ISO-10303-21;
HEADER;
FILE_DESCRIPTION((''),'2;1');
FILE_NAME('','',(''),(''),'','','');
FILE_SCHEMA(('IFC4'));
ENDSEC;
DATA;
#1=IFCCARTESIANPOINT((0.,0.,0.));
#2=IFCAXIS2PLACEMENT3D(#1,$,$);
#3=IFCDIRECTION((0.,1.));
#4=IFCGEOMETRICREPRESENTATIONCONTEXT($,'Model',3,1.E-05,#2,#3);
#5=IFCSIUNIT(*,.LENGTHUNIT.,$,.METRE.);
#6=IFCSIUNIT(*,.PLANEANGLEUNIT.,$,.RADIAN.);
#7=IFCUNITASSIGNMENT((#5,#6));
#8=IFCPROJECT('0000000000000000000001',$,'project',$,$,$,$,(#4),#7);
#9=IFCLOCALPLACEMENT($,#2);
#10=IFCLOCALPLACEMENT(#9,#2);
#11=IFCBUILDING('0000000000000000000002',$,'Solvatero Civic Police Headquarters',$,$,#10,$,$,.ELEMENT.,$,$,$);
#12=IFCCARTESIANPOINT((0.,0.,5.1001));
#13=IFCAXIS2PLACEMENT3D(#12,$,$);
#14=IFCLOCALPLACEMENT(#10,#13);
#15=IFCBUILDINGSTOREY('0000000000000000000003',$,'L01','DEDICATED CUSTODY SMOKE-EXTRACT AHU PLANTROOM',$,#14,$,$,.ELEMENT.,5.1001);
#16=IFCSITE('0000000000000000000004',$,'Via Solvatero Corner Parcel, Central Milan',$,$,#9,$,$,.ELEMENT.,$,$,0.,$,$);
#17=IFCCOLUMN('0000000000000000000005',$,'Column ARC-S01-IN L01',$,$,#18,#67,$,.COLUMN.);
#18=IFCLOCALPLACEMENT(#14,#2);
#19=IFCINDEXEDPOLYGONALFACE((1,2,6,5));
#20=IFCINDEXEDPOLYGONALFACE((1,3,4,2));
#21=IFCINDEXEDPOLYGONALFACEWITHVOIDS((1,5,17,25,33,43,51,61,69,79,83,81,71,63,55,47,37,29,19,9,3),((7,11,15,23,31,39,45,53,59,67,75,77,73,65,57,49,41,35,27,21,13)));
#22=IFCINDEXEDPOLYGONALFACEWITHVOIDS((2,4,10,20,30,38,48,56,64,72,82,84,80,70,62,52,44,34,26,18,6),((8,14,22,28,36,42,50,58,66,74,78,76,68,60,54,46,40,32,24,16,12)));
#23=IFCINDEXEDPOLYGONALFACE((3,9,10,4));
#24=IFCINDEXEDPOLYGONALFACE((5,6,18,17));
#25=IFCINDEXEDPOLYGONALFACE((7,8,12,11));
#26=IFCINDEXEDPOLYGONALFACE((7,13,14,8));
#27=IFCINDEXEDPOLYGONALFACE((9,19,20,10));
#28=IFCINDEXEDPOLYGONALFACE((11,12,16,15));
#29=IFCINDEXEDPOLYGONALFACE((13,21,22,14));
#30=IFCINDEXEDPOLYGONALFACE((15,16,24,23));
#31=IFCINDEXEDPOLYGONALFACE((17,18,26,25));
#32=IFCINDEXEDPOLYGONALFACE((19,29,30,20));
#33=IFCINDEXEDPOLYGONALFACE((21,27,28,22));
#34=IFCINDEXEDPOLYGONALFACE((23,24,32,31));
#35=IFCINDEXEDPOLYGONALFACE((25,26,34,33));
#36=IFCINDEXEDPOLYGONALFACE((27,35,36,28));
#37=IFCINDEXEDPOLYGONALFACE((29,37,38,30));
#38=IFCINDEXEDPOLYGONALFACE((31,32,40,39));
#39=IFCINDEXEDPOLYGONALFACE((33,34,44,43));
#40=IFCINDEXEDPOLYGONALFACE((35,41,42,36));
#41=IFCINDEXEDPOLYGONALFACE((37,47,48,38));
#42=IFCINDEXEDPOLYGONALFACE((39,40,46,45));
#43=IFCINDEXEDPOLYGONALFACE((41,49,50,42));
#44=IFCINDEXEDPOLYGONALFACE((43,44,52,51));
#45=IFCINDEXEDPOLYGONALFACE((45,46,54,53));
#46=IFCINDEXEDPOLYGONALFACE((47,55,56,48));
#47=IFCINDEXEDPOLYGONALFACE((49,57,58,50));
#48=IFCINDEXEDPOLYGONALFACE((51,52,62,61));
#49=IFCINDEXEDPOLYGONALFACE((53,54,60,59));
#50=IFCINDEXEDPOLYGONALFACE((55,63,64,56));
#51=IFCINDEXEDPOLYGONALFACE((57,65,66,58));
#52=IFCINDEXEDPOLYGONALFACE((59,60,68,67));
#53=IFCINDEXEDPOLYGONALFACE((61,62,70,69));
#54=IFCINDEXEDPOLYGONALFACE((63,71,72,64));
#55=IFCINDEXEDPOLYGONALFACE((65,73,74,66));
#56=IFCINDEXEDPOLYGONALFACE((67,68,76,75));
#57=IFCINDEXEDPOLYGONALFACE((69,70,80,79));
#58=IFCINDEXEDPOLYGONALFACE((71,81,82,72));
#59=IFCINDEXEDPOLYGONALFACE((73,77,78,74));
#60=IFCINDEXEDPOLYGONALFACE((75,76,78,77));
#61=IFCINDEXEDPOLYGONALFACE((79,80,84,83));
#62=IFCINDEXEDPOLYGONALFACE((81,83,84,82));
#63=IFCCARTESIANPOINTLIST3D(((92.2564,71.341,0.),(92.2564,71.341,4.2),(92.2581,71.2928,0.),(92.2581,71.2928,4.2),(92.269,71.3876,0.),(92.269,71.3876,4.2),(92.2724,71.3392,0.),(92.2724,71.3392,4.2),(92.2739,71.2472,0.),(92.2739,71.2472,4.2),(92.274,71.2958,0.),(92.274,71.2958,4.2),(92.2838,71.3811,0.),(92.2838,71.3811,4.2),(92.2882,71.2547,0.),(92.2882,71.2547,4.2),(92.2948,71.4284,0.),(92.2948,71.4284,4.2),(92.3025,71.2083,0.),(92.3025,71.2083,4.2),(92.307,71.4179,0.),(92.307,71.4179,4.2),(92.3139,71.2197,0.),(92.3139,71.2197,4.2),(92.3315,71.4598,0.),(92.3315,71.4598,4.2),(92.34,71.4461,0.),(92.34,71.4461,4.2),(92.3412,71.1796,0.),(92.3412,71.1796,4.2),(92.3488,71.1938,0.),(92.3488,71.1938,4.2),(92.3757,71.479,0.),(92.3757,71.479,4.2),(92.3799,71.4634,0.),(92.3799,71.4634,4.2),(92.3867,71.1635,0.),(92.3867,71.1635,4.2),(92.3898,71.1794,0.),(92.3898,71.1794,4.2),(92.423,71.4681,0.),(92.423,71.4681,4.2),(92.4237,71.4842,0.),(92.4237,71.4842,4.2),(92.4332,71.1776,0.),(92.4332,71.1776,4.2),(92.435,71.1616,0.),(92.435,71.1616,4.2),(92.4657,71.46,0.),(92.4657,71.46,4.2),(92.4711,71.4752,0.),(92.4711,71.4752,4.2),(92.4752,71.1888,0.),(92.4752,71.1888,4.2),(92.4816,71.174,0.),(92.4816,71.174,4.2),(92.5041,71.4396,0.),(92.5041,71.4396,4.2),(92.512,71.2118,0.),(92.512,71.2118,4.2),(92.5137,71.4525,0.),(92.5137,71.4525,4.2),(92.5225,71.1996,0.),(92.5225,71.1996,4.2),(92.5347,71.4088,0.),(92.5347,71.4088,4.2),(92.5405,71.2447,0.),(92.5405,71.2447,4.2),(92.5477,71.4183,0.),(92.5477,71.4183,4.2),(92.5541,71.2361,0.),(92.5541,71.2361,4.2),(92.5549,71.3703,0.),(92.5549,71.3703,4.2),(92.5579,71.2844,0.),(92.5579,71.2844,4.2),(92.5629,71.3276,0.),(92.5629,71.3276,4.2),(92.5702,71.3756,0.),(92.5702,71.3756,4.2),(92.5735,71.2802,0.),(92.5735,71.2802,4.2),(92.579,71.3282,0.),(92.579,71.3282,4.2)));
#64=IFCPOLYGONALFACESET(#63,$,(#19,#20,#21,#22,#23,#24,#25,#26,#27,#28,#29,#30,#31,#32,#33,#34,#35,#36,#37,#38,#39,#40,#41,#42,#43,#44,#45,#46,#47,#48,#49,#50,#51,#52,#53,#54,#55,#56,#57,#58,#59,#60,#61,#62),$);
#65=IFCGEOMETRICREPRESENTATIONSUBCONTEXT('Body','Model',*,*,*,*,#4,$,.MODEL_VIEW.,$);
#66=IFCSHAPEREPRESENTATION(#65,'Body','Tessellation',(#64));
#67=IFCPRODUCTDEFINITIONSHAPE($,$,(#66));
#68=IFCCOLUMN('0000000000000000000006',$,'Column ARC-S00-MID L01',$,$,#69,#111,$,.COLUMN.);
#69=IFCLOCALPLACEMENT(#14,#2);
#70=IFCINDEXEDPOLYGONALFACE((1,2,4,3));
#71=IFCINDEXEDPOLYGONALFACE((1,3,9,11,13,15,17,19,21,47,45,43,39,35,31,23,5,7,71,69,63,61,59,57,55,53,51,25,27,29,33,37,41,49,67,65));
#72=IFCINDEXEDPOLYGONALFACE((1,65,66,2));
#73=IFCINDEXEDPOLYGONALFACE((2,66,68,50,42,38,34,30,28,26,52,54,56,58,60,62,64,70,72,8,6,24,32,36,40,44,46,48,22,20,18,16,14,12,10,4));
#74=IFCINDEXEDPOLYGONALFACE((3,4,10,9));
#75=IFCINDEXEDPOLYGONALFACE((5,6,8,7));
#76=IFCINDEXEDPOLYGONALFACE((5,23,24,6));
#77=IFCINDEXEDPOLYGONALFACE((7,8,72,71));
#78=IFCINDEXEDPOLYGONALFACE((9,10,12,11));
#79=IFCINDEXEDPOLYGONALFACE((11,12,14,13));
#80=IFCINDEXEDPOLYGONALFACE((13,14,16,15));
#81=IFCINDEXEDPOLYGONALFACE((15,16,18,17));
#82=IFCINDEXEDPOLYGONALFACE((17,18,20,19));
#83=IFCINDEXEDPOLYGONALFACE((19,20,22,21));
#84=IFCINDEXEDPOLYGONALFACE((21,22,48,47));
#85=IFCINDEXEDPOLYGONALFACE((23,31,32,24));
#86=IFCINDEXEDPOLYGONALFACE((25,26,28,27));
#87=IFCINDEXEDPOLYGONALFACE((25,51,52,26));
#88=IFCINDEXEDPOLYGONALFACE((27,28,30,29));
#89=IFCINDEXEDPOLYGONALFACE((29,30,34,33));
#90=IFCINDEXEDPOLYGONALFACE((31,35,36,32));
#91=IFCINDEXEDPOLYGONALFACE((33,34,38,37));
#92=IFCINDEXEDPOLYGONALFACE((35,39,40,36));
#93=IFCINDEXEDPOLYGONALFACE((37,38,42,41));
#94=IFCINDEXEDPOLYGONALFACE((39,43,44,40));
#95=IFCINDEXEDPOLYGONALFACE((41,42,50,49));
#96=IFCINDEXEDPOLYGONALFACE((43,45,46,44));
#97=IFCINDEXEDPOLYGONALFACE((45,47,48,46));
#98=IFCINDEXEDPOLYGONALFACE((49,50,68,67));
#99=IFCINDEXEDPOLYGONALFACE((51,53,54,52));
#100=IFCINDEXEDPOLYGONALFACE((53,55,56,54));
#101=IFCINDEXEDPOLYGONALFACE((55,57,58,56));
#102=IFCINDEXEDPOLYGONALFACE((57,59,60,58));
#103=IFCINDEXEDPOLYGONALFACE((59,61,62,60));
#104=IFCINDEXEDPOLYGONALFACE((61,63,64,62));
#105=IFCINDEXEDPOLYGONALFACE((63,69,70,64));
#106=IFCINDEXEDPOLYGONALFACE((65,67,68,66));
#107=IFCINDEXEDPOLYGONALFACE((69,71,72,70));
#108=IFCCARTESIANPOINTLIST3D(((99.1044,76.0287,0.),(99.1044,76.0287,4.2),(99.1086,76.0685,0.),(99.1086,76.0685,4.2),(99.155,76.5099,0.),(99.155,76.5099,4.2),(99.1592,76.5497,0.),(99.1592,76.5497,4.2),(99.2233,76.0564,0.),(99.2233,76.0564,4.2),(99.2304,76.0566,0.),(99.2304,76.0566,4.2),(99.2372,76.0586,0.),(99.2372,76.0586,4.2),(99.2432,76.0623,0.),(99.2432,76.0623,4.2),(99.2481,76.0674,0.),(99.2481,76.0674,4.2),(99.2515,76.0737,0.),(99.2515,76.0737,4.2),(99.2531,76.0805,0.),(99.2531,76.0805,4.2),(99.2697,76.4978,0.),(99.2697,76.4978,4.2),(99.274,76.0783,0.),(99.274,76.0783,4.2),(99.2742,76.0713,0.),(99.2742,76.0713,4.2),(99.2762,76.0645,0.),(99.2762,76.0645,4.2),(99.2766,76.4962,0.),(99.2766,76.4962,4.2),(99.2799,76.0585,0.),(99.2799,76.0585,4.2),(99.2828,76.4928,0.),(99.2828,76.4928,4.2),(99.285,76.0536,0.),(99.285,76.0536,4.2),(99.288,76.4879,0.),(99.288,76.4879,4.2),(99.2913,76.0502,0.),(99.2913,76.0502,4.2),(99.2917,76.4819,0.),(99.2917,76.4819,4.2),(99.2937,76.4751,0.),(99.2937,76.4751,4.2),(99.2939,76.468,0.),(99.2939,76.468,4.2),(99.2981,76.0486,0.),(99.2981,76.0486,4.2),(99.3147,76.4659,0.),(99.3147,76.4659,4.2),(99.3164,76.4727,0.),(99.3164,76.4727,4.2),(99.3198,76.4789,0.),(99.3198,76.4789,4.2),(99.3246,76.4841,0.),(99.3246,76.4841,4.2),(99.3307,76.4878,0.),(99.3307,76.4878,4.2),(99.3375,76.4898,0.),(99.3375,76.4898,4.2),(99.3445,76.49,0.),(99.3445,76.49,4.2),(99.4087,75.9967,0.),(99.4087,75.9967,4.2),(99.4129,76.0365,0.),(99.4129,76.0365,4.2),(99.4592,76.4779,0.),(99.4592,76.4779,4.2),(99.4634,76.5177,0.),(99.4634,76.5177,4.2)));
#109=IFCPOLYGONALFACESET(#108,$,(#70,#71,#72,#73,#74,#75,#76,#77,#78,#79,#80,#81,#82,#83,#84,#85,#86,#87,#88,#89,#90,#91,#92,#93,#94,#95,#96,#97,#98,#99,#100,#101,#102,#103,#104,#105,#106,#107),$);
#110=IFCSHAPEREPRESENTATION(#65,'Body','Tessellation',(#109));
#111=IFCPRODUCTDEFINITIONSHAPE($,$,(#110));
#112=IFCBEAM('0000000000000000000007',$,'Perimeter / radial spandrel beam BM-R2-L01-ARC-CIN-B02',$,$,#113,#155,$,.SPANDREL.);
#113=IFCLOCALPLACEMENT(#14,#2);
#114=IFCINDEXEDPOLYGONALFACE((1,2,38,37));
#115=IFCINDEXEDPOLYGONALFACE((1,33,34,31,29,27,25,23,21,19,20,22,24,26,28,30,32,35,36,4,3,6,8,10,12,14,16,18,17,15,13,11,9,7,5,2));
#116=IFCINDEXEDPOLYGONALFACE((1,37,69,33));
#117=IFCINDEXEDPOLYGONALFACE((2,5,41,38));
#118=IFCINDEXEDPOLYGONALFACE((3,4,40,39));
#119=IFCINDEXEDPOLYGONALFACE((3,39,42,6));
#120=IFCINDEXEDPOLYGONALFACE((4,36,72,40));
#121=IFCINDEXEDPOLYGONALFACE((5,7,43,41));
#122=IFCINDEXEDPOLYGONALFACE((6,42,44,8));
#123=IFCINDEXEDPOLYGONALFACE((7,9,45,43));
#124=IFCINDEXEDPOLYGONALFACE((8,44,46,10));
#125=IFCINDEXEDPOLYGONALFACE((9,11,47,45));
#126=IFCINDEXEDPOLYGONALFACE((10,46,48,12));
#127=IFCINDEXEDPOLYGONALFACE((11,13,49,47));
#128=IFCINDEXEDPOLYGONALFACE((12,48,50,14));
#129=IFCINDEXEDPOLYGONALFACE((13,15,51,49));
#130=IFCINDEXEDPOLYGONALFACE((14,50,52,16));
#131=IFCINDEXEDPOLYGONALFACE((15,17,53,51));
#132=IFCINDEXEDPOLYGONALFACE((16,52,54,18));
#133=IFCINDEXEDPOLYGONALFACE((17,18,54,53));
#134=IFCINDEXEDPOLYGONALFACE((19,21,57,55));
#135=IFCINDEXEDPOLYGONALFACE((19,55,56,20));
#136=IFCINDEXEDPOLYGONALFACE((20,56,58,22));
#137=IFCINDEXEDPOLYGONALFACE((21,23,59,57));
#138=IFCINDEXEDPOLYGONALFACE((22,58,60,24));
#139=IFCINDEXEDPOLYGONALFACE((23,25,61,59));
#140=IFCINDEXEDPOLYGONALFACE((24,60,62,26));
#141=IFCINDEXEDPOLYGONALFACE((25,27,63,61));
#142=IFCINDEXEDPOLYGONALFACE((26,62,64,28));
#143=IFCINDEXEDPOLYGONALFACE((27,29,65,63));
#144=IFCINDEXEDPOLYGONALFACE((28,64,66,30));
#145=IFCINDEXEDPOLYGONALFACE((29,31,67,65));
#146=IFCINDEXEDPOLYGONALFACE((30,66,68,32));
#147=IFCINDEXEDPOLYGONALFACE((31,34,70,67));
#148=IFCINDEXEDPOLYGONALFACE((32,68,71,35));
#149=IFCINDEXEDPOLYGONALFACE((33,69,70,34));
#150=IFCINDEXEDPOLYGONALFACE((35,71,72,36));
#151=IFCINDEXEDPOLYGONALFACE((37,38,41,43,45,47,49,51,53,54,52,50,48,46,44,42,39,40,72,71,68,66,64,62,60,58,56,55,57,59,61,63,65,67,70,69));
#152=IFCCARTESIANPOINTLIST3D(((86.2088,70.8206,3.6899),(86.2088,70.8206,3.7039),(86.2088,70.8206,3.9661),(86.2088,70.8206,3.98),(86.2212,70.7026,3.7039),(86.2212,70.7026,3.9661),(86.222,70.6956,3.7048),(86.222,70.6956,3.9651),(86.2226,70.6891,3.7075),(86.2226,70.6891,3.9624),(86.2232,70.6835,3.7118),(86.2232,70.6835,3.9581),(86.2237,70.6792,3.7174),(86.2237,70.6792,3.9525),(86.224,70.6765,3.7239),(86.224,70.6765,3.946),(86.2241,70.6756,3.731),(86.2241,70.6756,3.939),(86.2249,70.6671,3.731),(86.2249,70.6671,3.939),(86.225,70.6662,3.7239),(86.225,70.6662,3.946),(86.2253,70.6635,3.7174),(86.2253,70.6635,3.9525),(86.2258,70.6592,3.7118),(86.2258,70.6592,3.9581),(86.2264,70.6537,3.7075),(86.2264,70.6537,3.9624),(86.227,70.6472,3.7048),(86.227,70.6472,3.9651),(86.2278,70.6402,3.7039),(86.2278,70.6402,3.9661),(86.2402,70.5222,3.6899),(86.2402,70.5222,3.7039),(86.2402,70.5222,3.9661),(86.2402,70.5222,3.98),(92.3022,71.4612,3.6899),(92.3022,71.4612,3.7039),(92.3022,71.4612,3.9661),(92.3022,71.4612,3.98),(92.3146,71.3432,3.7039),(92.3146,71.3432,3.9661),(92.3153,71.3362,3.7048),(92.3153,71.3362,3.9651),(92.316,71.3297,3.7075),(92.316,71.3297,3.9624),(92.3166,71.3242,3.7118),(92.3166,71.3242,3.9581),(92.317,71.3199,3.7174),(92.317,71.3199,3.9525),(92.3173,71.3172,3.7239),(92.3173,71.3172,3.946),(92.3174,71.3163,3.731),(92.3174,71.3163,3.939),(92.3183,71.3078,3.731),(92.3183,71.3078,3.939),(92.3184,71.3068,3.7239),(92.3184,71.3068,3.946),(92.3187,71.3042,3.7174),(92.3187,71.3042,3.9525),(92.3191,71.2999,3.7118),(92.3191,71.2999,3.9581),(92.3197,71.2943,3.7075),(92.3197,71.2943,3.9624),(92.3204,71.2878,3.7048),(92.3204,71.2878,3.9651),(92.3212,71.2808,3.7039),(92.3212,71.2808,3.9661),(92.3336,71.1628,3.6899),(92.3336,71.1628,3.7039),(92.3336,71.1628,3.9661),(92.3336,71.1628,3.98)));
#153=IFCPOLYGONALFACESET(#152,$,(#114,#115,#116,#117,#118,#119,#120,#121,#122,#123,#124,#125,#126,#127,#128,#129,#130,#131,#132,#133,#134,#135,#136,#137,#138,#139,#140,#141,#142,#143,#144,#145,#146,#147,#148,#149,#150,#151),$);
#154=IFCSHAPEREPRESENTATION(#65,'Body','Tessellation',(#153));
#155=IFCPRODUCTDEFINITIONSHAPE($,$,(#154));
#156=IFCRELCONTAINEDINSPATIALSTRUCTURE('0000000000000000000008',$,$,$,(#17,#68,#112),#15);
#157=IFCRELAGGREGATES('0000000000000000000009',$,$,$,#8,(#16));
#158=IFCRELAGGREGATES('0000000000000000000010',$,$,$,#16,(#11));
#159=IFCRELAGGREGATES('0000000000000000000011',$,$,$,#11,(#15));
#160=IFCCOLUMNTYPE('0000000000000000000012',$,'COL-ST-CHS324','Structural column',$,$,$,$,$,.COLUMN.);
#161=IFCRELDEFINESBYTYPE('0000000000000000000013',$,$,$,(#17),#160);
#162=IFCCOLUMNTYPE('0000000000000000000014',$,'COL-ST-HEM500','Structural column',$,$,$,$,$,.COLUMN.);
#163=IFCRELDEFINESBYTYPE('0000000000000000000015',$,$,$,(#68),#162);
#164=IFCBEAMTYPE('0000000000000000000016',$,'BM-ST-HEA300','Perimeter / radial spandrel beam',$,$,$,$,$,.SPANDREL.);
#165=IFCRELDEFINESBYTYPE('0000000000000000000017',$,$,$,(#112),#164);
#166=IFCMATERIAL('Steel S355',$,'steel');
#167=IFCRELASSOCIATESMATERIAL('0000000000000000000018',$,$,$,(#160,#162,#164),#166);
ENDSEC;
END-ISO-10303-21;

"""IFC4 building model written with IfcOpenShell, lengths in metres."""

from ifc_helpers import new_model, si_unit, direction, frame, origin, origin_2d, place, context, subcontext, project, spatial, hollow_circle, i_section, extrude, material, material_profile, profile_set, type_object, element, save


model = new_model("IFC4")

# Units and contexts
model_context = context("Model", 3, precision=1e-05, world=origin(), true_north=direction((0.0, 1.0)))
body_context = subcontext(model_context, "Body", "Model", "MODEL_VIEW")
ifc_project = project(units=[si_unit("LENGTHUNIT", "METRE"), si_unit("PLANEANGLEUNIT", "RADIAN")], contexts=[model_context])

# Site, building, storey
site_placement = place(None, origin())
site = spatial("IfcSite", under=ifc_project, at=site_placement, Name="Via Solvatero Corner Parcel, Central Milan", CompositionType="ELEMENT", RefElevation=0.0)
building_placement = place(site_placement, origin())
building = spatial("IfcBuilding", under=site, at=building_placement, Name="Solvatero Civic Police Headquarters", CompositionType="ELEMENT")
storey_placement = place(building_placement, frame((0.0, 0.0, 5.1001)))
storey = spatial("IfcBuildingStorey", under=building, at=storey_placement, Name="L01", Description="DEDICATED CUSTODY SMOKE-EXTRACT AHU PLANTROOM", CompositionType="ELEMENT", Elevation=5.1001)

# Columns
ifc_material_1 = material(Name="Steel S355", Category="steel")
ifc_material_profile_1 = material_profile(ifc_material_1, hollow_circle(Radius=0.1619, WallThickness=0.0161, at=origin_2d()), Name="CHS 323.9x16.0")
ifc_profile_set_1 = profile_set([ifc_material_profile_1], Name="Steel S355")
column_type_1 = type_object("IfcColumnType", Name="COL-ST-CHS324", Description="Structural column", PredefinedType="COLUMN", material=ifc_profile_set_1)
column_1_placement = place(storey_placement, frame((92.4172, 71.3225, 0.0), z_axis=(0.0, 0.0, 1.0), x_axis=(0.999391, 0.034899, 0.0)))
element("IfcColumn", 1, at=column_1_placement, inside=storey, type_object=column_type_1, Name="Column ARC-S01-IN L01", PredefinedType="COLUMN", context=body_context, shape_type="SweptSolid", body=[
    extrude(hollow_circle(Radius=0.1619, WallThickness=0.0161, at=origin_2d()), origin(), (0.0, 0.0, 1.0), 4.2),
])
ifc_material_profile_2 = material_profile(ifc_material_1, i_section(OverallWidth=0.3059, OverallDepth=0.5239, WebThickness=0.021, FlangeThickness=0.04, FilletRadius=0.0271, at=origin_2d()), Name="HEM 500")
ifc_profile_set_2 = profile_set([ifc_material_profile_2], Name="Steel S355")
column_type_2 = type_object("IfcColumnType", Name="COL-ST-HEM500", Description="Structural column", PredefinedType="COLUMN", material=ifc_profile_set_2)
column_2_placement = place(storey_placement, frame((99.2839, 76.2732, 0.0), z_axis=(0.0, 0.0, 1.0), x_axis=(0.994522, -0.104528, 0.0)))
element("IfcColumn", 2, at=column_2_placement, inside=storey, type_object=column_type_2, Name="Column ARC-S00-MID L01", PredefinedType="COLUMN", context=body_context, shape_type="SweptSolid", body=[
    extrude(i_section(OverallWidth=0.3059, OverallDepth=0.5239, WebThickness=0.021, FlangeThickness=0.04, FilletRadius=0.0271, at=origin_2d()), origin(), (0.0, 0.0, 1.0), 4.2),
])

# Beam
ifc_material_profile_3 = material_profile(ifc_material_1, i_section(OverallWidth=0.3, OverallDepth=0.29, WebThickness=0.0085, FlangeThickness=0.0139, FilletRadius=0.0271, at=origin_2d()), Name="HEA 300")
ifc_profile_set_3 = profile_set([ifc_material_profile_3], Name="Steel S355")
beam_type_1 = type_object("IfcBeamType", Name="BM-ST-HEA300", Description="Perimeter / radial spandrel beam", PredefinedType="SPANDREL", material=ifc_profile_set_3)
beam_1_placement = place(storey_placement, frame((92.3179, 71.312, 3.835), z_axis=(-0.994519, -0.10456, 0.0), x_axis=(0.10456, -0.994519, 0.0)))
element("IfcBeam", 3, at=beam_1_placement, inside=storey, type_object=beam_type_1, Name="Perimeter / radial spandrel beam BM-R2-L01-ARC-CIN-B02", PredefinedType="SPANDREL", context=body_context, shape_type="SweptSolid", body=[
    extrude(i_section(OverallWidth=0.3, OverallDepth=0.29, WebThickness=0.0085, FlangeThickness=0.0139, FilletRadius=0.0271, at=origin_2d()), origin(), (0.0, 0.0, 1.0), 6.127),
])

save(model, "model.ifc")
